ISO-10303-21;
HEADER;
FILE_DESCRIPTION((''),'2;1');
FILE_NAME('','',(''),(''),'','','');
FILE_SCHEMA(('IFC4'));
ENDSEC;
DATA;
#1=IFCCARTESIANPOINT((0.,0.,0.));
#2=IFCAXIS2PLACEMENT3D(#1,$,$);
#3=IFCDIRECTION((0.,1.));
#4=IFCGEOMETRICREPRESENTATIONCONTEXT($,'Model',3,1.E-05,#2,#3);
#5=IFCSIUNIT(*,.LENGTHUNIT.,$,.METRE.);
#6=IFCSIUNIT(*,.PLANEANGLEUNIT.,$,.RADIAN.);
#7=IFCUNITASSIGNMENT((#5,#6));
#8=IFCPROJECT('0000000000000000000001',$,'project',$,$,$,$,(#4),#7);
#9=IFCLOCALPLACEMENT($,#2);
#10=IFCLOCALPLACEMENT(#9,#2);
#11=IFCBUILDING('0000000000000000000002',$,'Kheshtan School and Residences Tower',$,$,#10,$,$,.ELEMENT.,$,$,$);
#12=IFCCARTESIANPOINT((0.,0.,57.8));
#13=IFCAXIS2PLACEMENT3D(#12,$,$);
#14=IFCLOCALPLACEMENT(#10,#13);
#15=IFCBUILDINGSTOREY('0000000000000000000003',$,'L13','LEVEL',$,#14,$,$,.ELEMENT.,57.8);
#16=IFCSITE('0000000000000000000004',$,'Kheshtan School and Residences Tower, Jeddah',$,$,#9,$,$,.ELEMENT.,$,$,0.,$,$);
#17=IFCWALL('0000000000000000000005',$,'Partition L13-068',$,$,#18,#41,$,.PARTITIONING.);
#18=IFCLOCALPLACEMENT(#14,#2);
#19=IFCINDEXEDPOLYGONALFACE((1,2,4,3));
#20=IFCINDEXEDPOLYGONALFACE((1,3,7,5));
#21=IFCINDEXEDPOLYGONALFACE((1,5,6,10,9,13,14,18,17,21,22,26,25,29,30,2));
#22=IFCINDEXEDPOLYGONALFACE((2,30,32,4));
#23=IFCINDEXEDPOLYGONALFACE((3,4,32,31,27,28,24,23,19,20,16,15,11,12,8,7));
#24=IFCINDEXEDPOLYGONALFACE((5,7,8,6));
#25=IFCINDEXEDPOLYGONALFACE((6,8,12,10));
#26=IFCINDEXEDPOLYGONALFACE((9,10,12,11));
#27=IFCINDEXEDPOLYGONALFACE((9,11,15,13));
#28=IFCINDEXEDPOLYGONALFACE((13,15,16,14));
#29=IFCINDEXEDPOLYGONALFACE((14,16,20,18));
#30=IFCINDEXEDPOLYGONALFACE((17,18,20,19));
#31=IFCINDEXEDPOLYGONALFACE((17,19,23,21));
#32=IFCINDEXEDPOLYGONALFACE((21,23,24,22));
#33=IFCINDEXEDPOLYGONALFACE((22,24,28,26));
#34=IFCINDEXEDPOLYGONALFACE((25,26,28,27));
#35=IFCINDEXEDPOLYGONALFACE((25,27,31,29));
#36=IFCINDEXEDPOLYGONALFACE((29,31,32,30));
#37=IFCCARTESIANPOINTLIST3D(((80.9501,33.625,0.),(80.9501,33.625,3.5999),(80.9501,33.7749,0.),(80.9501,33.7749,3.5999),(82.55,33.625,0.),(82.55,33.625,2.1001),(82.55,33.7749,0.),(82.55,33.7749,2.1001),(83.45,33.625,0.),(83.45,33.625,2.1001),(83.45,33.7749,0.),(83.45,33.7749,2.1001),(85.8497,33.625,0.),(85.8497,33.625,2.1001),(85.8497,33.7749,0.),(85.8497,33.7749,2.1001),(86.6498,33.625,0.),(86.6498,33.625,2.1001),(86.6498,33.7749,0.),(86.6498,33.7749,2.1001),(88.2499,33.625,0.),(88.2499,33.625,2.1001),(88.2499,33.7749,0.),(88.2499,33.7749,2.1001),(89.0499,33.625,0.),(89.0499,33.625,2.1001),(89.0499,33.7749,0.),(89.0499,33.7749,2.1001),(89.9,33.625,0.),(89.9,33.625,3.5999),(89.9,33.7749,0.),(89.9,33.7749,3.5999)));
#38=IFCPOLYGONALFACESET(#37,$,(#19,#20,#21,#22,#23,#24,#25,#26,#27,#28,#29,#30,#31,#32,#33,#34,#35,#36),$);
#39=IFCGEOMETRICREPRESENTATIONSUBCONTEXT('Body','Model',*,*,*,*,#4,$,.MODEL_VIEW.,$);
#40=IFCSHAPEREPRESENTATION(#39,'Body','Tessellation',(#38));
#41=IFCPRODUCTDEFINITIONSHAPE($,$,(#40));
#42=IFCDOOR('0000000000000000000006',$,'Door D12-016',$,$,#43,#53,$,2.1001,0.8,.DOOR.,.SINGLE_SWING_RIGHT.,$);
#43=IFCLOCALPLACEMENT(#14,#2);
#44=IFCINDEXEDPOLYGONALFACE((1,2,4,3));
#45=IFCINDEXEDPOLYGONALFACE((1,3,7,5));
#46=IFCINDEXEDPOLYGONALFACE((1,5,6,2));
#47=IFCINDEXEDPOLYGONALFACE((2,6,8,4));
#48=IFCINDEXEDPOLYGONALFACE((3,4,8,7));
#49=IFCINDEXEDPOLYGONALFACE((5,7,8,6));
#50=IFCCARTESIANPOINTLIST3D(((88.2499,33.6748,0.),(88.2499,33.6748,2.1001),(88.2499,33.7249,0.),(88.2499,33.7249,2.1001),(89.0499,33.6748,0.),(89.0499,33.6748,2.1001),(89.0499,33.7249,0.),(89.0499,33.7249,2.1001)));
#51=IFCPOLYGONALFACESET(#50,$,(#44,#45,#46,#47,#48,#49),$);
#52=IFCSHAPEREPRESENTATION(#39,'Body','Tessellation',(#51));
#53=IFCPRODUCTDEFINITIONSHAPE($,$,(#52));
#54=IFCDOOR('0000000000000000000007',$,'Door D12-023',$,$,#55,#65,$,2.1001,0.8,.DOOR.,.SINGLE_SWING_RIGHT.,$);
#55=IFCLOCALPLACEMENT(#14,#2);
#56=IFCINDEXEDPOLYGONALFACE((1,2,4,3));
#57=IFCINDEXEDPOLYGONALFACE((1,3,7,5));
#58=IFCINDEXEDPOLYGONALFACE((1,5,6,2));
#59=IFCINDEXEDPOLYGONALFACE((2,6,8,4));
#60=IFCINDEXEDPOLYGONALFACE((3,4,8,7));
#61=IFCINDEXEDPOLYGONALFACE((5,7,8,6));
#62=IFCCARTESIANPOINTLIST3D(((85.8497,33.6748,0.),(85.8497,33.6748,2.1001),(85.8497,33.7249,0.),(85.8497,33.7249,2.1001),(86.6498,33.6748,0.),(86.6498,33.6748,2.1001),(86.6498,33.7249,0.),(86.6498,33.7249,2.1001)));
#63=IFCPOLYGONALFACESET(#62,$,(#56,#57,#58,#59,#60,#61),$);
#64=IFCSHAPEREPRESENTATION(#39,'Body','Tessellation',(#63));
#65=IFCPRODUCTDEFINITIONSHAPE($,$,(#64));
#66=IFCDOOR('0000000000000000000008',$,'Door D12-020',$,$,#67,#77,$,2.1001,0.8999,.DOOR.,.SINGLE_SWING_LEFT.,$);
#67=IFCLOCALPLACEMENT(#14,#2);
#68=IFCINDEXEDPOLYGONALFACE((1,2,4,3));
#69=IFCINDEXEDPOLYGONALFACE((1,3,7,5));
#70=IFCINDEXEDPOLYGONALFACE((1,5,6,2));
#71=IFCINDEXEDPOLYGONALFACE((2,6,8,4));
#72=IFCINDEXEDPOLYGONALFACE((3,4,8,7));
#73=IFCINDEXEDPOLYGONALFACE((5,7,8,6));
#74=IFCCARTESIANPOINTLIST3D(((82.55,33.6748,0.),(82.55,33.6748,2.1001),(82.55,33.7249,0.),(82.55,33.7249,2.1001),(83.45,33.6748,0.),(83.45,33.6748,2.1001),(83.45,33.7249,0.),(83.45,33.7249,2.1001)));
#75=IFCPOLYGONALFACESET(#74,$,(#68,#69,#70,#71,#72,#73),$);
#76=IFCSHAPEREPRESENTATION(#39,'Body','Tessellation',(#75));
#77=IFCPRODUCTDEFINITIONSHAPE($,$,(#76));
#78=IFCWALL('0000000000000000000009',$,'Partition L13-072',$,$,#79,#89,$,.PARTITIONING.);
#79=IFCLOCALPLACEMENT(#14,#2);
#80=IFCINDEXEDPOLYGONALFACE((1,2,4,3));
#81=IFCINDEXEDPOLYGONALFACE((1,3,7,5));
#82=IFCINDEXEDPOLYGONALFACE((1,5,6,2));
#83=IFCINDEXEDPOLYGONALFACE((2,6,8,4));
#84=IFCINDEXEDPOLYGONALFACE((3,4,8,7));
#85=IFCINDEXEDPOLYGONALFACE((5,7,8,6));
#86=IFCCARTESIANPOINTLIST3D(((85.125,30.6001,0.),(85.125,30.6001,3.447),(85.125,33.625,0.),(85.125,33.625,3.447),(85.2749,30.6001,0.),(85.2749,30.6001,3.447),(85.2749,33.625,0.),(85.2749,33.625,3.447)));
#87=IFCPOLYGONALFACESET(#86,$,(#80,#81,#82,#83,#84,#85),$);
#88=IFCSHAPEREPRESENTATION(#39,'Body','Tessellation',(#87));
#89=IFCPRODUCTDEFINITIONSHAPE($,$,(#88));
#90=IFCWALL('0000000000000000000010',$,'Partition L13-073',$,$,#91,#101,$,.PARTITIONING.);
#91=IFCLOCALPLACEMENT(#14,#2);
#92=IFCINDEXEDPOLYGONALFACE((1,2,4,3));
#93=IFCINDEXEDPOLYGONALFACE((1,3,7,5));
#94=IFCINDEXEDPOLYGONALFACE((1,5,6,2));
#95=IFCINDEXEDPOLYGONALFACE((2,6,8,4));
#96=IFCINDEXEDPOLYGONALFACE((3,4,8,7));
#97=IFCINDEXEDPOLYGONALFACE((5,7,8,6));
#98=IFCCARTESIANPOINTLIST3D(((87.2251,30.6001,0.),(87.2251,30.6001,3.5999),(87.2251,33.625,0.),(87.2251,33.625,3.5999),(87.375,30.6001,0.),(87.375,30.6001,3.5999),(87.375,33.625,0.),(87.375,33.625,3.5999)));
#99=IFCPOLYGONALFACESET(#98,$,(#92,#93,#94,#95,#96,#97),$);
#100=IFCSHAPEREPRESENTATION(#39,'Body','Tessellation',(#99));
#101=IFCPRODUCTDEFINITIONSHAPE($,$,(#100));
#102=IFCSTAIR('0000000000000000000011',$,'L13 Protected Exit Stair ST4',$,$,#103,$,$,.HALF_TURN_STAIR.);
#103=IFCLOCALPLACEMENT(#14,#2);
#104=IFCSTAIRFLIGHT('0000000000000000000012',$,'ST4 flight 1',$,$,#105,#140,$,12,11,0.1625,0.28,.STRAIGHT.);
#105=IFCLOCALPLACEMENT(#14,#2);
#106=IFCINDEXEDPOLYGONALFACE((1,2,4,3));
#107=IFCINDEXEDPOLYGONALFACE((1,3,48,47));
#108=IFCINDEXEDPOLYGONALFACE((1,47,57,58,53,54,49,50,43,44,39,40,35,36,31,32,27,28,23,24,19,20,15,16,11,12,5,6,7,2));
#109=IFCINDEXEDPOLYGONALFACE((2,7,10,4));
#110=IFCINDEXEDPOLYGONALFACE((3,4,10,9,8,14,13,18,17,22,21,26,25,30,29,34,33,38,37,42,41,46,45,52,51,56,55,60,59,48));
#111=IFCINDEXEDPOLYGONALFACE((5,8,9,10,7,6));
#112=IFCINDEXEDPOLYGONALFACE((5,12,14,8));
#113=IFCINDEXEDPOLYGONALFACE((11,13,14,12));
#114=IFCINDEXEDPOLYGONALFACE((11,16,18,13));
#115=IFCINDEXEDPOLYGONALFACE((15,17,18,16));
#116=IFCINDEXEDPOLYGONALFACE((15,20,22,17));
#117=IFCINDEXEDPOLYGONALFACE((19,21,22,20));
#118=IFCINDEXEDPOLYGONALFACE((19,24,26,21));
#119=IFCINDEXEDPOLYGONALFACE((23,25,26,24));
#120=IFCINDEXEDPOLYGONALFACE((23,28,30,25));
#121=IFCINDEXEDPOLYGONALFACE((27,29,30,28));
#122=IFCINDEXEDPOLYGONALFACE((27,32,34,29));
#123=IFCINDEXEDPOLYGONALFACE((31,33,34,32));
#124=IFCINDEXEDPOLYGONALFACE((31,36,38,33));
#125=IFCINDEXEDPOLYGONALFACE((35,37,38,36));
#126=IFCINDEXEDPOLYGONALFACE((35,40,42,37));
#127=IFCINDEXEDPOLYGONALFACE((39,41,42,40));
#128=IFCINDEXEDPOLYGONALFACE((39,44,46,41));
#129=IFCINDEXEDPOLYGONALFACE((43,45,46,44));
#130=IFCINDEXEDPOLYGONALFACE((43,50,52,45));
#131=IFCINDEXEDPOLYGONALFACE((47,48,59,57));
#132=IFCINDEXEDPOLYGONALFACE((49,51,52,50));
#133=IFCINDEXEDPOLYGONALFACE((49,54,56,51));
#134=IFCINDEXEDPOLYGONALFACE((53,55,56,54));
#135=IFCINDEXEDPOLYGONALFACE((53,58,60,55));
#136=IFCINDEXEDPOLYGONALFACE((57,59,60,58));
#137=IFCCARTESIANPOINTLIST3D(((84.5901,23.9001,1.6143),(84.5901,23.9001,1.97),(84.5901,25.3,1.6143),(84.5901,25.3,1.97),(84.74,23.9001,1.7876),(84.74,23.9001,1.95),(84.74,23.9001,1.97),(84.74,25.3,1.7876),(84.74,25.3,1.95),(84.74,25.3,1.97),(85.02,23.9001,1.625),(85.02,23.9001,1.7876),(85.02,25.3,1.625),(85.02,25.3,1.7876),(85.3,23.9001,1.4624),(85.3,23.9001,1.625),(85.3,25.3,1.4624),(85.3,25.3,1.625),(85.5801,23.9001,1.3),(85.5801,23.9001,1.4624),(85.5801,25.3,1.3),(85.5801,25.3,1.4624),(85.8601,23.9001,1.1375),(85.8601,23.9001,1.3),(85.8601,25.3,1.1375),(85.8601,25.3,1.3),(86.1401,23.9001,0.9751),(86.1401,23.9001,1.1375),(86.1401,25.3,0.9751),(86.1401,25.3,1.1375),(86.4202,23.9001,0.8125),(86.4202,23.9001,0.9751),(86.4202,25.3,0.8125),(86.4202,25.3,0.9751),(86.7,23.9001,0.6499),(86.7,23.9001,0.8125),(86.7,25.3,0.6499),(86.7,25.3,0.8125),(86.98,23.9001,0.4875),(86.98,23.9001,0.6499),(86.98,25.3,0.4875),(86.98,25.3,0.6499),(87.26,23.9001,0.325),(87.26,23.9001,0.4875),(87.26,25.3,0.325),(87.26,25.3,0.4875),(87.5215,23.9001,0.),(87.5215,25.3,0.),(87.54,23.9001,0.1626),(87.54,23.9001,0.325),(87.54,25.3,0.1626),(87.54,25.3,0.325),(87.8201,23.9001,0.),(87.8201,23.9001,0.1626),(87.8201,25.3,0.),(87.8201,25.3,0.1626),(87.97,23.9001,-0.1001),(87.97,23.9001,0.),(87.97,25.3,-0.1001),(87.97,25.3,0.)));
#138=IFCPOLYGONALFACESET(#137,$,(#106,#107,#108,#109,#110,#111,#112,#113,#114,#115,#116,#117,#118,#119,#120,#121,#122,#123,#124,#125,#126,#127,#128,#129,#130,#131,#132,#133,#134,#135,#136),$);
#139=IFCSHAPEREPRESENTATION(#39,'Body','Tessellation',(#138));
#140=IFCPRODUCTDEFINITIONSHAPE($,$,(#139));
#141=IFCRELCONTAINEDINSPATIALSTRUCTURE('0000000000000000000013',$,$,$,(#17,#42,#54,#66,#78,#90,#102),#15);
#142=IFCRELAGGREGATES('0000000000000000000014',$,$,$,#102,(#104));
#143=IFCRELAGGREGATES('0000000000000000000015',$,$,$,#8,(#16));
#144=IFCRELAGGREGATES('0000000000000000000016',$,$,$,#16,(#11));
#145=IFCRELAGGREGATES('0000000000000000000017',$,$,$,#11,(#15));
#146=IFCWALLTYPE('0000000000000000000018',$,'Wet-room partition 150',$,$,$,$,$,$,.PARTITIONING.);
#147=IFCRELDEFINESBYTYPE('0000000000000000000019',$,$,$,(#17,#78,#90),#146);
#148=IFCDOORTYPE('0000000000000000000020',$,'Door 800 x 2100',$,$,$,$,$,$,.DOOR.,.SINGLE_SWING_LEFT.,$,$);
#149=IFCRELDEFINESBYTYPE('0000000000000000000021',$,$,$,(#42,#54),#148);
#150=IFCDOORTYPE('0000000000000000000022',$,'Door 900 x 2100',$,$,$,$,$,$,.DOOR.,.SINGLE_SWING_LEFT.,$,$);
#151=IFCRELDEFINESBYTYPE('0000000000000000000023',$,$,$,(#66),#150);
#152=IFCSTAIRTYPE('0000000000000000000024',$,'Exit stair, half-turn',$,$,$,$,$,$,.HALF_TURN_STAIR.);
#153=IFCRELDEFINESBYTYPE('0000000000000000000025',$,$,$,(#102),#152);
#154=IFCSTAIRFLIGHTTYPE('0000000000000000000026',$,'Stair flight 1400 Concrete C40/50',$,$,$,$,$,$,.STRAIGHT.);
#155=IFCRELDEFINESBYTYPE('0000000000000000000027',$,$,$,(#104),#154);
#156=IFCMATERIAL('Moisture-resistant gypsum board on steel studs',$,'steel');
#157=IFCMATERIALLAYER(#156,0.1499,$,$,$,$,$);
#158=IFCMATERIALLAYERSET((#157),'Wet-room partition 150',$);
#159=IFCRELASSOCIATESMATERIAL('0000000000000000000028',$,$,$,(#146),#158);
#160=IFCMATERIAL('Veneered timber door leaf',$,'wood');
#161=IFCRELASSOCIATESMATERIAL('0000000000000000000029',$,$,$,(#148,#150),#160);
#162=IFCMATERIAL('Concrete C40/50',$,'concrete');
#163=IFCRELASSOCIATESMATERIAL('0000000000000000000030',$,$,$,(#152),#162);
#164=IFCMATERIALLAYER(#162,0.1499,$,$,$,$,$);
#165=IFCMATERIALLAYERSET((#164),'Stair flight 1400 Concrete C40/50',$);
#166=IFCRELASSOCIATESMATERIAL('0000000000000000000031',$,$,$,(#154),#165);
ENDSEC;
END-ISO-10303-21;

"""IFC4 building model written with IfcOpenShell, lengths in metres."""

from ifc_helpers import new_model, si_unit, direction, frame, frame_2d, origin, place, context, subcontext, project, spatial, polyline, rectangle, outline, extrude, source, transform, mapped, material, layer, layer_set, type_object, element, fill, aggregate, save


model = new_model("IFC4")

# Units and contexts
model_context = context("Model", 3, precision=1e-05, world=origin(), true_north=direction((0.0, 1.0)))
body_context = subcontext(model_context, "Body", "Model", "MODEL_VIEW")
ifc_project = project(units=[si_unit("LENGTHUNIT", "METRE"), si_unit("PLANEANGLEUNIT", "RADIAN")], contexts=[model_context])

# Site, building, storey
site_placement = place(None, origin())
site = spatial("IfcSite", under=ifc_project, at=site_placement, Name="Kheshtan School and Residences Tower, Jeddah", CompositionType="ELEMENT", RefElevation=0.0)
building_placement = place(site_placement, origin())
building = spatial("IfcBuilding", under=site, at=building_placement, Name="Kheshtan School and Residences Tower", CompositionType="ELEMENT")
storey_placement = place(building_placement, frame((0.0, 0.0, 57.8)))
storey = spatial("IfcBuildingStorey", under=building, at=storey_placement, Name="L13", Description="LEVEL", CompositionType="ELEMENT", Elevation=57.8)

# Shared definitions
ifc_material_1 = material(Name="Concrete C40/50", Category="concrete")

# Wall, openings, doors
ifc_material_2 = material(Name="Moisture-resistant gypsum board on steel studs", Category="steel")
ifc_layer_1 = layer(ifc_material_2, 0.1499)
ifc_layer_set_1 = layer_set([ifc_layer_1], Name="Wet-room partition 150")
wall_type_1 = type_object("IfcWallType", Name="Wet-room partition 150", PredefinedType="PARTITIONING", material=ifc_layer_set_1)
wall_1_placement = place(storey_placement, frame((80.95, 33.7, 0.0), z_axis=(0.0, 0.0, 1.0), x_axis=(1.0, 0.0, 0.0)))
wall_1 = element("IfcWall", 1, at=wall_1_placement, inside=storey, type_object=wall_type_1, Name="Partition L13-068", PredefinedType="PARTITIONING", context=body_context, shape_type="SweptSolid", body=[
    extrude(rectangle(XDim=8.95, YDim=0.1499, at=frame_2d((4.4751, 0.0))), origin(), (0.0, 0.0, 1.0), 3.5999),
])
opening_1_placement = place(wall_1_placement, frame((7.3, 0.0, 0.0)))
opening_1 = element("IfcOpeningElement", 2, at=opening_1_placement, cuts=wall_1, PredefinedType="OPENING", context=body_context, shape_type="SweptSolid", body=[
    extrude(rectangle(XDim=0.8, YDim=2.1001, at=frame_2d((0.3999, 1.05))), frame((0.0, 0.085, 0.0), z_axis=(0.0, -1.0, 0.0), x_axis=(1.0, 0.0, 0.0)), (0.0, 0.0, 1.0), 0.1699),
])
opening_2_placement = place(wall_1_placement, frame((1.6001, 0.0, 0.0)))
opening_2 = element("IfcOpeningElement", 3, at=opening_2_placement, cuts=wall_1, PredefinedType="OPENING", context=body_context, shape_type="SweptSolid", body=[
    extrude(rectangle(XDim=0.8999, YDim=2.1001, at=frame_2d((0.45, 1.05))), frame((0.0, 0.085, 0.0), z_axis=(0.0, -1.0, 0.0), x_axis=(1.0, 0.0, 0.0)), (0.0, 0.0, 1.0), 0.1699),
])
opening_3_placement = place(wall_1_placement, frame((4.8999, 0.0, 0.0)))
opening_3 = element("IfcOpeningElement", 4, at=opening_3_placement, cuts=wall_1, PredefinedType="OPENING", context=body_context, shape_type="SweptSolid", body=[
    extrude(rectangle(XDim=0.8, YDim=2.1001, at=frame_2d((0.3999, 1.05))), frame((0.0, 0.085, 0.0), z_axis=(0.0, -1.0, 0.0), x_axis=(1.0, 0.0, 0.0)), (0.0, 0.0, 1.0), 0.1699),
])
ifc_material_3 = material(Name="Veneered timber door leaf", Category="wood")
door_type_1 = type_object("IfcDoorType", Name="Door 800 x 2100", OperationType="SINGLE_SWING_LEFT", PredefinedType="DOOR", material=ifc_material_3)
shared_shape_1 = source(origin(), body_context, "Body", "SweptSolid", [
    extrude(rectangle(XDim=0.8, YDim=2.1001, at=frame_2d((0.3999, 1.05))), frame((0.0, 0.0249, 0.0), z_axis=(0.0, -1.0, 0.0), x_axis=(1.0, 0.0, 0.0)), (0.0, 0.0, 1.0), 0.05),
])
door_1_placement = place(opening_1_placement, origin())
door_1 = element("IfcDoor", 5, at=door_1_placement, inside=storey, type_object=door_type_1, Name="Door D12-016", OperationType="SINGLE_SWING_RIGHT", OverallHeight=2.1001, OverallWidth=0.8, PredefinedType="DOOR", context=body_context, shape_type="MappedRepresentation", body=[
    mapped(shared_shape_1, transform((0.0, 0.0, 0.0), x_axis=(1.0, 0.0, 0.0), y_axis=(0.0, 1.0, 0.0), z_axis=(0.0, 0.0, 1.0), scale=1.0)),
])
fill(opening_1, door_1)
door_2_placement = place(opening_3_placement, origin())
door_2 = element("IfcDoor", 6, at=door_2_placement, inside=storey, type_object=door_type_1, Name="Door D12-023", OperationType="SINGLE_SWING_RIGHT", OverallHeight=2.1001, OverallWidth=0.8, PredefinedType="DOOR", context=body_context, shape_type="MappedRepresentation", body=[
    mapped(shared_shape_1, transform((0.0, 0.0, 0.0), x_axis=(1.0, 0.0, 0.0), y_axis=(0.0, 1.0, 0.0), z_axis=(0.0, 0.0, 1.0), scale=1.0)),
])
fill(opening_3, door_2)
door_type_2 = type_object("IfcDoorType", Name="Door 900 x 2100", OperationType="SINGLE_SWING_LEFT", PredefinedType="DOOR", material=ifc_material_3)
shared_shape_2 = source(origin(), body_context, "Body", "SweptSolid", [
    extrude(rectangle(XDim=0.8999, YDim=2.1001, at=frame_2d((0.45, 1.05))), frame((0.0, 0.0249, 0.0), z_axis=(0.0, -1.0, 0.0), x_axis=(1.0, 0.0, 0.0)), (0.0, 0.0, 1.0), 0.05),
])
door_3_placement = place(opening_2_placement, origin())
door_3 = element("IfcDoor", 7, at=door_3_placement, inside=storey, type_object=door_type_2, Name="Door D12-020", OperationType="SINGLE_SWING_LEFT", OverallHeight=2.1001, OverallWidth=0.8999, PredefinedType="DOOR", context=body_context, shape_type="MappedRepresentation", body=[
    mapped(shared_shape_2, transform((0.0, 0.0, 0.0), x_axis=(1.0, 0.0, 0.0), y_axis=(0.0, 1.0, 0.0), z_axis=(0.0, 0.0, 1.0), scale=1.0)),
])
fill(opening_2, door_3)

# Walls
wall_2_placement = place(storey_placement, frame((85.2, 30.6001, 0.0), z_axis=(0.0, 0.0, 1.0), x_axis=(0.0, 1.0, 0.0)))
element("IfcWall", 8, at=wall_2_placement, inside=storey, type_object=wall_type_1, Name="Partition L13-072", PredefinedType="PARTITIONING", context=body_context, shape_type="SweptSolid", body=[
    extrude(rectangle(XDim=3.0249, YDim=0.1499, at=frame_2d((1.5125, 0.0))), origin(), (0.0, 0.0, 1.0), 3.447),
])
wall_3_placement = place(storey_placement, frame((87.3, 30.6001, 0.0), z_axis=(0.0, 0.0, 1.0), x_axis=(0.0, 1.0, 0.0)))
element("IfcWall", 9, at=wall_3_placement, inside=storey, type_object=wall_type_1, Name="Partition L13-073", PredefinedType="PARTITIONING", context=body_context, shape_type="SweptSolid", body=[
    extrude(rectangle(XDim=3.0249, YDim=0.1499, at=frame_2d((1.5125, 0.0))), origin(), (0.0, 0.0, 1.0), 3.5999),
])

# Stair, stair flight
stair_type = type_object("IfcStairType", Name="Exit stair, half-turn", PredefinedType="HALF_TURN_STAIR", material=ifc_material_1)
stair_placement = place(storey_placement, origin())
stair = element("IfcStair", 10, at=stair_placement, inside=storey, type_object=stair_type, Name="L13 Protected Exit Stair ST4", PredefinedType="HALF_TURN_STAIR")
ifc_layer_2 = layer(ifc_material_1, 0.1499)
ifc_layer_set_2 = layer_set([ifc_layer_2], Name="Stair flight 1400 Concrete C40/50")
stair_flight_type = type_object("IfcStairFlightType", Name="Stair flight 1400 Concrete C40/50", PredefinedType="STRAIGHT", material=ifc_layer_set_2)
stair_flight_1_placement = place(storey_placement, frame((87.8201, 24.6001, 0.0), z_axis=(0.0, 0.0, 1.0), x_axis=(-1.0, 0.0, 0.0)))
stair_flight_1 = element("IfcStairFlight", 11, at=stair_flight_1_placement, type_object=stair_flight_type, Name="ST4 flight 1", NumberOfRisers=12, NumberOfTreads=11, PredefinedType="STRAIGHT", RiserHeight=0.1625, TreadLength=0.28, context=body_context, shape_type="SweptSolid", body=[
    extrude(outline(polyline([(-0.1499, -0.1001), (-0.1499, 0.0), (0.0, 0.0), (0.0, 0.1626), (0.28, 0.1626), (0.28, 0.325), (0.5601, 0.325), (0.5601, 0.4875), (0.8401, 0.4875), (0.8401, 0.6499), (1.1201, 0.6499), (1.1201, 0.8125), (1.3999, 0.8125), (1.3999, 0.9751), (1.6799, 0.9751), (1.6799, 1.1375), (1.96, 1.1375), (1.96, 1.3), (2.24, 1.3), (2.24, 1.4624), (2.52, 1.4624), (2.52, 1.625), (2.8, 1.625), (2.8, 1.7876), (3.0801, 1.7876), (3.0801, 1.95), (3.0801, 1.97), (3.23, 1.97), (3.23, 1.6143), (0.2986, 0.0), (-0.1499, -0.1001)])), frame((0.0, 0.7, 0.0), z_axis=(0.0, -1.0, 0.0), x_axis=(1.0, 0.0, 0.0)), (0.0, 0.0, 1.0), 1.3999),
])
aggregate(stair, [stair_flight_1])

save(model, "model.ifc")
